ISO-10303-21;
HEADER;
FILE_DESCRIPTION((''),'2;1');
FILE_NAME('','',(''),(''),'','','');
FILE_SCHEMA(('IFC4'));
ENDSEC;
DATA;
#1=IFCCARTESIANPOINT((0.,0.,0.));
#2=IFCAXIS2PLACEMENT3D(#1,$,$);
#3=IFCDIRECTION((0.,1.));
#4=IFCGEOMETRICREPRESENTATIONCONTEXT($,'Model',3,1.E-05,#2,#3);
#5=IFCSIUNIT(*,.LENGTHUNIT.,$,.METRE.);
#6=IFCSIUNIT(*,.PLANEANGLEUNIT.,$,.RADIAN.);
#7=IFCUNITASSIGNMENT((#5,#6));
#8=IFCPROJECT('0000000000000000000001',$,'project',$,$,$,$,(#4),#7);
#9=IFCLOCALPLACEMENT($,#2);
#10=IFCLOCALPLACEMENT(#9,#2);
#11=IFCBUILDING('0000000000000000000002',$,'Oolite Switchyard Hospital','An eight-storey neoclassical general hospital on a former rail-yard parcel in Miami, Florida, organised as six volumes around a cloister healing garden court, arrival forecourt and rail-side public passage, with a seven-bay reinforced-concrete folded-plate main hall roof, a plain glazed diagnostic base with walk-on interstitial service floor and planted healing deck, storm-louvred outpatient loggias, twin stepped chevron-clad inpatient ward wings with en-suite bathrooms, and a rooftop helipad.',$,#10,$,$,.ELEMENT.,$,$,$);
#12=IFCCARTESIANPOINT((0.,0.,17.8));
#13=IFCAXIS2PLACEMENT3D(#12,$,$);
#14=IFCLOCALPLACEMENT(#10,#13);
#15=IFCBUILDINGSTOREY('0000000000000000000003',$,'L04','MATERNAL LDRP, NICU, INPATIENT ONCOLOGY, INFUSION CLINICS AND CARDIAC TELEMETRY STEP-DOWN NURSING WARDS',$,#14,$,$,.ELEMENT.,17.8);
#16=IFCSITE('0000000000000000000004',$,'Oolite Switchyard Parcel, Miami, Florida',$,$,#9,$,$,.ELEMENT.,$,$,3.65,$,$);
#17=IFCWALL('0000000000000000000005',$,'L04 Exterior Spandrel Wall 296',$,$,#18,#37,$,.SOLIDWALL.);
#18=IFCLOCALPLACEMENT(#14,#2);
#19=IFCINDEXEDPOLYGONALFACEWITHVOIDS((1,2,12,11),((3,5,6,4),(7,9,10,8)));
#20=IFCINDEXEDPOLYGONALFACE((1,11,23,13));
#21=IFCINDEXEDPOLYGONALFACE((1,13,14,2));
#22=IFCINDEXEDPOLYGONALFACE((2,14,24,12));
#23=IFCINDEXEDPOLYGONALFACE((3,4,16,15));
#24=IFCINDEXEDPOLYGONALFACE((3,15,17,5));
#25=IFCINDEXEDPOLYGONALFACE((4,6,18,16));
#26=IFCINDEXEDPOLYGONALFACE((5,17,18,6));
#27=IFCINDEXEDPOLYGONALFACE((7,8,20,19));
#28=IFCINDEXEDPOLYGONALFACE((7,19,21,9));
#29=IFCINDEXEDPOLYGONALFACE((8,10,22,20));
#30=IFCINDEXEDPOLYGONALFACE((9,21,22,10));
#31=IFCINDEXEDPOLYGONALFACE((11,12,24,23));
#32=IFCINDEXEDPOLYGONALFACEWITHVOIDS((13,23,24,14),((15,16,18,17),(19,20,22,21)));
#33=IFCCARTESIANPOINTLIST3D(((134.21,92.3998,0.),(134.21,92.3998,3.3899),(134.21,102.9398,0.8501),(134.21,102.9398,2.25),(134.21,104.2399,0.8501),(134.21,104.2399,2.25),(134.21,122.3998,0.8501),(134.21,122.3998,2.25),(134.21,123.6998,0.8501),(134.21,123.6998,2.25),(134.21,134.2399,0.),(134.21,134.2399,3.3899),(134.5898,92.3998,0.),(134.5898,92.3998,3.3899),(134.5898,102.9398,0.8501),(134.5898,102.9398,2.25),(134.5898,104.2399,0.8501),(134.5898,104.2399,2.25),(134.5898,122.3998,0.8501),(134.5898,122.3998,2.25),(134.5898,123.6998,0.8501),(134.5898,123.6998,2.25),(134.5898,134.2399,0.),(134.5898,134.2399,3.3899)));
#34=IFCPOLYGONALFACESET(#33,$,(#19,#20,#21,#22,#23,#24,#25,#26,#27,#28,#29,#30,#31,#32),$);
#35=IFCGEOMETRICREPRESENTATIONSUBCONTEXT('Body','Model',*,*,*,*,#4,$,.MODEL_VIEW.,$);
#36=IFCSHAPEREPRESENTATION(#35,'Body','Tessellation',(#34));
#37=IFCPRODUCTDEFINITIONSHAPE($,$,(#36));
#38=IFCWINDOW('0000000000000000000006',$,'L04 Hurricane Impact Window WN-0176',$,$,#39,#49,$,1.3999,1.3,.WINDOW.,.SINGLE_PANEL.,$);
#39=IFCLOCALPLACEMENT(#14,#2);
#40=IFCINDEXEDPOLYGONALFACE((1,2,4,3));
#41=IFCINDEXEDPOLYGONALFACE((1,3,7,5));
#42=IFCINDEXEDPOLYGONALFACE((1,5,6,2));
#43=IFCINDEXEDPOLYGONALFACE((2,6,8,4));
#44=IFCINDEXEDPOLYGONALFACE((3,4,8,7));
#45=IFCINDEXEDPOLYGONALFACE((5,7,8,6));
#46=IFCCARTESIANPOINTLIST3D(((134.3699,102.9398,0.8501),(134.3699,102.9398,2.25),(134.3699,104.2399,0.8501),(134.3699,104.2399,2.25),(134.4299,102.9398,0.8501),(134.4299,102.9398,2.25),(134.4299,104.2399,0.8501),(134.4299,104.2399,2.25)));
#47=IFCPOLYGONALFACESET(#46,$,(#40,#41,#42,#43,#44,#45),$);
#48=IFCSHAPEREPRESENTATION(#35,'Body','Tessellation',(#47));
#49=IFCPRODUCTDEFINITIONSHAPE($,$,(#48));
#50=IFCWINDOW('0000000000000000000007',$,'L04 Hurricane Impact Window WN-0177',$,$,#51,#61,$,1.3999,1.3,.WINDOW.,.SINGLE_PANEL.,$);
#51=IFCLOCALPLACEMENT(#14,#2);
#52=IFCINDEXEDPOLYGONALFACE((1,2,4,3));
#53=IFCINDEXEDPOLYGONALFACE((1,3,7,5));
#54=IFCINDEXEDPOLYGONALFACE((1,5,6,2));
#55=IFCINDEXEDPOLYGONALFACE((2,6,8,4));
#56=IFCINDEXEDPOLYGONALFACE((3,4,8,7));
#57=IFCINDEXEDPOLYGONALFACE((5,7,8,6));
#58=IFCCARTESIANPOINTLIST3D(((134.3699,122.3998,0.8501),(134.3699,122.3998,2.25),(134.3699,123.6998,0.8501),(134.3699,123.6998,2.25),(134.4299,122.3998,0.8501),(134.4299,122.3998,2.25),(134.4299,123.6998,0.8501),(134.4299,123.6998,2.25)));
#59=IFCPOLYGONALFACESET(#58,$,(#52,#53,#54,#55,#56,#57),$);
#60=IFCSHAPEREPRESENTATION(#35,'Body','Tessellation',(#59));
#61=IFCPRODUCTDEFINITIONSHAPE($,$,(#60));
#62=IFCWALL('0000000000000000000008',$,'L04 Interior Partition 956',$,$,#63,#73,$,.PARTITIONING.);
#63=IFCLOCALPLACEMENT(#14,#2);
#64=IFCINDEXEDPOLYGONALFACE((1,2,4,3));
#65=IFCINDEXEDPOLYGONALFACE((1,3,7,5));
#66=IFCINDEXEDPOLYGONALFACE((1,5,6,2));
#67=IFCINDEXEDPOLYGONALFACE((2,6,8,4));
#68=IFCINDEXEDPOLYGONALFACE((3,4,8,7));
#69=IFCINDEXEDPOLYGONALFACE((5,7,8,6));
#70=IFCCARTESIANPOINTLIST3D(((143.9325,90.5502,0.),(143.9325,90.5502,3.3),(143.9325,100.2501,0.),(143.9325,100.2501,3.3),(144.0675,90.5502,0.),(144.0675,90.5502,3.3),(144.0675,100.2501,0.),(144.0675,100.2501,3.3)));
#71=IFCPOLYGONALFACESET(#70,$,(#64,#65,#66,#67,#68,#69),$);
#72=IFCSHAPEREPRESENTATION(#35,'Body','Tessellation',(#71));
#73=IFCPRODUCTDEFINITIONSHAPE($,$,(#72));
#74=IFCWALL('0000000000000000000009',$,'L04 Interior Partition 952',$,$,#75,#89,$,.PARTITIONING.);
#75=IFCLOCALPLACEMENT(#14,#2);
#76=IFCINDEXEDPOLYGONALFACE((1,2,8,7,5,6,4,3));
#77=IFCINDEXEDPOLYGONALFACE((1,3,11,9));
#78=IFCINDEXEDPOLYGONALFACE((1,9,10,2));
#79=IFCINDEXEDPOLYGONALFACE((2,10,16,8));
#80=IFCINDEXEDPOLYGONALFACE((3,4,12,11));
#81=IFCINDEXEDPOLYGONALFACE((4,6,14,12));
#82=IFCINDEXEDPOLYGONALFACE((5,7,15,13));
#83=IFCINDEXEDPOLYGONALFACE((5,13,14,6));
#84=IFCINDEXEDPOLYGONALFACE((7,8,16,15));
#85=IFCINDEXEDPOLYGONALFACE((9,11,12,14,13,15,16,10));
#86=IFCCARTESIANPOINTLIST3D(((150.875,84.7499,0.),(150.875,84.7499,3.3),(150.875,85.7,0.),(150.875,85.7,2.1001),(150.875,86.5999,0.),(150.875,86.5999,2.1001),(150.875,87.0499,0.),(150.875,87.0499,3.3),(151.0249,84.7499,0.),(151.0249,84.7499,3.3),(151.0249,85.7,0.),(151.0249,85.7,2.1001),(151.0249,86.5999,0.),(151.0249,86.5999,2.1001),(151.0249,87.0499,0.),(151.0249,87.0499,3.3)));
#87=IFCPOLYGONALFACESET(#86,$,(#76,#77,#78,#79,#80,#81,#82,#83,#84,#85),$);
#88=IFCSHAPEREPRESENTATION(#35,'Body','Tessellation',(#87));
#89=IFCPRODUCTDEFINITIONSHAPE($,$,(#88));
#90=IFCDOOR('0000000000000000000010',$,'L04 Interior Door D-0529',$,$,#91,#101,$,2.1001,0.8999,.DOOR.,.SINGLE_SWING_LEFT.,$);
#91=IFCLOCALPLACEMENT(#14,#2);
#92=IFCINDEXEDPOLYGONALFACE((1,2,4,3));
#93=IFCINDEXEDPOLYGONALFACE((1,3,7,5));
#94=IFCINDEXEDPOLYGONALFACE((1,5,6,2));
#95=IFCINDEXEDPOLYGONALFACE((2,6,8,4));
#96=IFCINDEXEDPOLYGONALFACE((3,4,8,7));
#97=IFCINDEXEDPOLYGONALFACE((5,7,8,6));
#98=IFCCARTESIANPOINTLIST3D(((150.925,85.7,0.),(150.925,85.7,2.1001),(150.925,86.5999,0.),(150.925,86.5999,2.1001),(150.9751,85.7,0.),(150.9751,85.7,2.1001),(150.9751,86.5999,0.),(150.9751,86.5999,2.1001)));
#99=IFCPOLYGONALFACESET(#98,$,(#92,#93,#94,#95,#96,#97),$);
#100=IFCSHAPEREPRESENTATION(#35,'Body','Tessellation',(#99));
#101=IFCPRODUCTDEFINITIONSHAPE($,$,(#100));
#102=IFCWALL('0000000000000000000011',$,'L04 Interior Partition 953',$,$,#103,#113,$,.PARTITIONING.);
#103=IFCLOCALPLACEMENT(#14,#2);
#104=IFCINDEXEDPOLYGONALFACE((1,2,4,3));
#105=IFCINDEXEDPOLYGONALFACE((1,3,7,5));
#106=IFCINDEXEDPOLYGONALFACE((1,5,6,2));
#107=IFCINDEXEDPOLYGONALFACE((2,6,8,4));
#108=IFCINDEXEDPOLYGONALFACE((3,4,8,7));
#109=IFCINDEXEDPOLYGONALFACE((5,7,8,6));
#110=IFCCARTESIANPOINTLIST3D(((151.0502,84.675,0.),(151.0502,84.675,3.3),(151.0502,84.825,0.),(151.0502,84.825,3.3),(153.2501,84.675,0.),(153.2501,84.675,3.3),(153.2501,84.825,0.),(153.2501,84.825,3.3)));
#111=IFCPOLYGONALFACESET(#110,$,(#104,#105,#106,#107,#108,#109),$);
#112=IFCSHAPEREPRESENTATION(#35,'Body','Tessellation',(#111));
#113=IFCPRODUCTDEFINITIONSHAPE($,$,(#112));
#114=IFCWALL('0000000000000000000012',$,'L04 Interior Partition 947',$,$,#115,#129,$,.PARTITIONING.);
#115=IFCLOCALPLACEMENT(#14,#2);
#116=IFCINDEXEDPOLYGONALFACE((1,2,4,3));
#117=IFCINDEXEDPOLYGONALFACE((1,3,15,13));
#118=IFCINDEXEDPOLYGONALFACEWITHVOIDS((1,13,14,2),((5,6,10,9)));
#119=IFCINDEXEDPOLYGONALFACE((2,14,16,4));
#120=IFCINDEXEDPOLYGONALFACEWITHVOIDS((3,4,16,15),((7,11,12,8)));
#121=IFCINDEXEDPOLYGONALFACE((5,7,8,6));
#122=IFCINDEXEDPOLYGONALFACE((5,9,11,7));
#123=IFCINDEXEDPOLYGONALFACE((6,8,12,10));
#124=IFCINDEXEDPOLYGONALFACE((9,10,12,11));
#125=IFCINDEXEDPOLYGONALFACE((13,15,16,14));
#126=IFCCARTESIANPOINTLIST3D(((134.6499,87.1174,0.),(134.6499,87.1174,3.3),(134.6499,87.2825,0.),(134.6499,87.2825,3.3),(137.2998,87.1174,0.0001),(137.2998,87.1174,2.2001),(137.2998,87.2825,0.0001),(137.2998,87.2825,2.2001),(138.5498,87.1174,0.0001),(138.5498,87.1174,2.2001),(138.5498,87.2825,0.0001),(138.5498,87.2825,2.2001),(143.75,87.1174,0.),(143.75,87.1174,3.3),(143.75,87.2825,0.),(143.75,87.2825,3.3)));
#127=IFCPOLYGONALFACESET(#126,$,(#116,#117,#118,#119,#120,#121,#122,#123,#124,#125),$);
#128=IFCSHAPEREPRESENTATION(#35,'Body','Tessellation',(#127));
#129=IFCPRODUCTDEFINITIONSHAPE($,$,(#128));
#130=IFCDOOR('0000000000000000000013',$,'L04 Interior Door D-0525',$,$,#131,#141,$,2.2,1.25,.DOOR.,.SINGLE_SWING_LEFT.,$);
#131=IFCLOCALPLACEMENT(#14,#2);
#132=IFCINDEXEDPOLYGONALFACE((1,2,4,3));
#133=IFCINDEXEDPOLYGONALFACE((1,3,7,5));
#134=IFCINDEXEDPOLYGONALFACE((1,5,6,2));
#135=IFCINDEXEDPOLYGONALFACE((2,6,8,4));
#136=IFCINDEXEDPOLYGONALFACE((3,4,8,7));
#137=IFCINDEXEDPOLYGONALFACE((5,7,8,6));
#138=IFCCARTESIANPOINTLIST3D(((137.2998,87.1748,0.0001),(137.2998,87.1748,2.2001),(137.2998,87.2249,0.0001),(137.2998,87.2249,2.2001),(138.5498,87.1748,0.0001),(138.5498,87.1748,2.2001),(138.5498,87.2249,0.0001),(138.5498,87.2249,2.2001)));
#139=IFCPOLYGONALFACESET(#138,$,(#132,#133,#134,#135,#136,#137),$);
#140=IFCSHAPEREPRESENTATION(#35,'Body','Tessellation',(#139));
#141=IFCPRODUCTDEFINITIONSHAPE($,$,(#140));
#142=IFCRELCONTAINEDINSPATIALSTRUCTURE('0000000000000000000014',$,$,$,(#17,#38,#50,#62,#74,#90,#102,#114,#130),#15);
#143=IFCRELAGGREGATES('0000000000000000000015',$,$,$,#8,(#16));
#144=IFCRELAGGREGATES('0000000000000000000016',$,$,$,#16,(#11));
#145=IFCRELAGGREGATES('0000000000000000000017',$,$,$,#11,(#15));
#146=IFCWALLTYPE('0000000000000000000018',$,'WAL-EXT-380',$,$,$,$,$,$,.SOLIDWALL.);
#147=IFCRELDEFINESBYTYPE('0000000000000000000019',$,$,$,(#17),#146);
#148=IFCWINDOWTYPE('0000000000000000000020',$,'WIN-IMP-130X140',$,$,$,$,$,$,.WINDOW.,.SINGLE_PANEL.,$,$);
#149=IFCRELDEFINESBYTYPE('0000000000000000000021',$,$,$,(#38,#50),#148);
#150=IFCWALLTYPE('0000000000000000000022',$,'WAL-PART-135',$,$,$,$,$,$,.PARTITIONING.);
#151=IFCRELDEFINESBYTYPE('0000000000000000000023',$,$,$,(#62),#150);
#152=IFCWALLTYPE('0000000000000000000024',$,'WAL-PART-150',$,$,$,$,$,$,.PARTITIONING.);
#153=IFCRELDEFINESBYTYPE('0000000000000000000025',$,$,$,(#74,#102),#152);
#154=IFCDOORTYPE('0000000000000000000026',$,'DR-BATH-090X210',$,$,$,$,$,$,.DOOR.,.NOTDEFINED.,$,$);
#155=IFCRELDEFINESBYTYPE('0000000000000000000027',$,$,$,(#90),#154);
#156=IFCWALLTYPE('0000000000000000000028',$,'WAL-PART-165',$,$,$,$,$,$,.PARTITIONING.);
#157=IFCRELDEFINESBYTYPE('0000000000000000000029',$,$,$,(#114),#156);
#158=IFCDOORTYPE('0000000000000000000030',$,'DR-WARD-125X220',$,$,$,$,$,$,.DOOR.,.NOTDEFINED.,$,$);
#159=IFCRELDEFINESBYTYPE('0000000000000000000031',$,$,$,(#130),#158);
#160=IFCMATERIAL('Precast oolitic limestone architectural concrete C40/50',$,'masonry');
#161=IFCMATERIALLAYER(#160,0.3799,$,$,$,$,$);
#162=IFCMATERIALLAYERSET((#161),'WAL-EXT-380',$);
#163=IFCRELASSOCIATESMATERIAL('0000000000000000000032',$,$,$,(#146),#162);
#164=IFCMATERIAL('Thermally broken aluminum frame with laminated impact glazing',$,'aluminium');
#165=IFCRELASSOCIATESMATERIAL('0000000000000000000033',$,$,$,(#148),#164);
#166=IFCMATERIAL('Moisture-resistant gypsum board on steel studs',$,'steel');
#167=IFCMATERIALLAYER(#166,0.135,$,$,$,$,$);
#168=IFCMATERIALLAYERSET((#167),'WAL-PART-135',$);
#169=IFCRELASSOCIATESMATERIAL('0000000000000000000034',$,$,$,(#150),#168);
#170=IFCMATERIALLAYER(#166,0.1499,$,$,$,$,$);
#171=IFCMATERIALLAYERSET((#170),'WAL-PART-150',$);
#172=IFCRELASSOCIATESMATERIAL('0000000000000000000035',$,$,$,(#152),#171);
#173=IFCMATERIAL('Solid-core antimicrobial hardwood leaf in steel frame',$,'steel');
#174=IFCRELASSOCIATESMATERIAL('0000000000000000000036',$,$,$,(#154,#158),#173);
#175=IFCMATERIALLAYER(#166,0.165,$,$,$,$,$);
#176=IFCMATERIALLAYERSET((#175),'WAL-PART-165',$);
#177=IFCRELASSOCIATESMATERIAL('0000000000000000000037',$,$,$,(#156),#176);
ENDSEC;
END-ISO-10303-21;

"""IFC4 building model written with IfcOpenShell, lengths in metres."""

from ifc_helpers import new_model, si_unit, direction, frame, frame_2d, origin, place, context, subcontext, project, spatial, rectangle, extrude, material, layer, layer_set, type_object, element, fill, save


model = new_model("IFC4")

# Units and contexts
model_context = context("Model", 3, precision=1e-05, world=origin(), true_north=direction((0.0, 1.0)))
body_context = subcontext(model_context, "Body", "Model", "MODEL_VIEW")
ifc_project = project(units=[si_unit("LENGTHUNIT", "METRE"), si_unit("PLANEANGLEUNIT", "RADIAN")], contexts=[model_context])

# Site, building, storey
site_placement = place(None, origin())
site = spatial("IfcSite", under=ifc_project, at=site_placement, Name="Oolite Switchyard Parcel, Miami, Florida", CompositionType="ELEMENT", RefElevation=3.65)
building_placement = place(site_placement, origin())
building = spatial("IfcBuilding", under=site, at=building_placement, Name="Oolite Switchyard Hospital", Description="An eight-storey neoclassical general hospital on a former rail-yard parcel in Miami, Florida, organised as six volumes around a cloister healing garden court, arrival forecourt and rail-side public passage, with a seven-bay reinforced-concrete folded-plate main hall roof, a plain glazed diagnostic base with walk-on interstitial service floor and planted healing deck, storm-louvred outpatient loggias, twin stepped chevron-clad inpatient ward wings with en-suite bathrooms, and a rooftop helipad.", CompositionType="ELEMENT")
storey_placement = place(building_placement, frame((0.0, 0.0, 17.8)))
storey = spatial("IfcBuildingStorey", under=building, at=storey_placement, Name="L04", Description="MATERNAL LDRP, NICU, INPATIENT ONCOLOGY, INFUSION CLINICS AND CARDIAC TELEMETRY STEP-DOWN NURSING WARDS", CompositionType="ELEMENT", Elevation=17.8)

# Wall, openings, windows
ifc_material_1 = material(Name="Precast oolitic limestone architectural concrete C40/50", Category="masonry")
ifc_layer_1 = layer(ifc_material_1, 0.3799)
ifc_layer_set_1 = layer_set([ifc_layer_1], Name="WAL-EXT-380")
wall_type_1 = type_object("IfcWallType", Name="WAL-EXT-380", PredefinedType="SOLIDWALL", material=ifc_layer_set_1)
wall_1_placement = place(storey_placement, frame((134.3999, 92.3999, 0.0), z_axis=(0.0, 0.0, 1.0), x_axis=(0.0, 1.0, 0.0)))
wall_1 = element("IfcWall", 1, at=wall_1_placement, inside=storey, type_object=wall_type_1, Name="L04 Exterior Spandrel Wall 296", PredefinedType="SOLIDWALL", context=body_context, shape_type="SweptSolid", body=[
    extrude(rectangle(XDim=41.8401, YDim=0.3799, at=frame_2d((20.9199, 0.0))), origin(), (0.0, 0.0, 1.0), 3.3899),
])
opening_1_placement = place(wall_1_placement, frame((10.54, 0.0, 0.8501)))
opening_1 = element("IfcOpeningElement", 2, at=opening_1_placement, cuts=wall_1, PredefinedType="OPENING", context=body_context, shape_type="SweptSolid", body=[
    extrude(rectangle(XDim=1.3, YDim=1.3999, at=frame_2d((0.6499, 0.7))), frame((0.0, 0.2, 0.0), z_axis=(0.0, -1.0, 0.0), x_axis=(1.0, 0.0, 0.0)), (0.0, 0.0, 1.0), 0.3999),
])
opening_2_placement = place(wall_1_placement, frame((30.0, 0.0, 0.8501)))
opening_2 = element("IfcOpeningElement", 3, at=opening_2_placement, cuts=wall_1, PredefinedType="OPENING", context=body_context, shape_type="SweptSolid", body=[
    extrude(rectangle(XDim=1.3, YDim=1.3999, at=frame_2d((0.6499, 0.7))), frame((0.0, 0.2, 0.0), z_axis=(0.0, -1.0, 0.0), x_axis=(1.0, 0.0, 0.0)), (0.0, 0.0, 1.0), 0.3999),
])
ifc_material_2 = material(Name="Thermally broken aluminum frame with laminated impact glazing", Category="aluminium")
window_type = type_object("IfcWindowType", Name="WIN-IMP-130X140", PartitioningType="SINGLE_PANEL", PredefinedType="WINDOW", material=ifc_material_2)
window_1_placement = place(opening_1_placement, origin())
window_1 = element("IfcWindow", 4, at=window_1_placement, inside=storey, type_object=window_type, Name="L04 Hurricane Impact Window WN-0176", OverallHeight=1.3999, OverallWidth=1.3, PartitioningType="SINGLE_PANEL", PredefinedType="WINDOW", context=body_context, shape_type="SweptSolid", body=[
    extrude(rectangle(XDim=1.3, YDim=1.3999, at=frame_2d((0.6499, 0.7))), frame((0.0, 0.03, 0.0), z_axis=(0.0, -1.0, 0.0), x_axis=(1.0, 0.0, 0.0)), (0.0, 0.0, 1.0), 0.0601),
])
fill(opening_1, window_1)
window_2_placement = place(opening_2_placement, origin())
window_2 = element("IfcWindow", 5, at=window_2_placement, inside=storey, type_object=window_type, Name="L04 Hurricane Impact Window WN-0177", OverallHeight=1.3999, OverallWidth=1.3, PartitioningType="SINGLE_PANEL", PredefinedType="WINDOW", context=body_context, shape_type="SweptSolid", body=[
    extrude(rectangle(XDim=1.3, YDim=1.3999, at=frame_2d((0.6499, 0.7))), frame((0.0, 0.03, 0.0), z_axis=(0.0, -1.0, 0.0), x_axis=(1.0, 0.0, 0.0)), (0.0, 0.0, 1.0), 0.0601),
])
fill(opening_2, window_2)

# Wall
ifc_material_3 = material(Name="Moisture-resistant gypsum board on steel studs", Category="steel")
ifc_layer_2 = layer(ifc_material_3, 0.135)
ifc_layer_set_2 = layer_set([ifc_layer_2], Name="WAL-PART-135")
wall_type_2 = type_object("IfcWallType", Name="WAL-PART-135", PredefinedType="PARTITIONING", material=ifc_layer_set_2)
wall_2_placement = place(storey_placement, frame((144.0, 90.55, 0.0), z_axis=(0.0, 0.0, 1.0), x_axis=(0.0, 1.0, 0.0)))
element("IfcWall", 6, at=wall_2_placement, inside=storey, type_object=wall_type_2, Name="L04 Interior Partition 956", PredefinedType="PARTITIONING", context=body_context, shape_type="SweptSolid", body=[
    extrude(rectangle(XDim=9.7, YDim=0.135, at=frame_2d((4.8501, 0.0))), origin(), (0.0, 0.0, 1.0), 3.3),
])

# Wall, opening, door
ifc_layer_3 = layer(ifc_material_3, 0.1499)
ifc_layer_set_3 = layer_set([ifc_layer_3], Name="WAL-PART-150")
wall_type_3 = type_object("IfcWallType", Name="WAL-PART-150", PredefinedType="PARTITIONING", material=ifc_layer_set_3)
wall_3_placement = place(storey_placement, frame((150.95, 84.75, 0.0), z_axis=(0.0, 0.0, 1.0), x_axis=(0.0, 1.0, 0.0)))
wall_3 = element("IfcWall", 7, at=wall_3_placement, inside=storey, type_object=wall_type_3, Name="L04 Interior Partition 952", PredefinedType="PARTITIONING", context=body_context, shape_type="SweptSolid", body=[
    extrude(rectangle(XDim=2.3, YDim=0.1499, at=frame_2d((1.1499, 0.0))), origin(), (0.0, 0.0, 1.0), 3.3),
])
opening_3_placement = place(wall_3_placement, frame((0.95, 0.0, 0.0)))
opening_3 = element("IfcOpeningElement", 8, at=opening_3_placement, cuts=wall_3, PredefinedType="OPENING", context=body_context, shape_type="SweptSolid", body=[
    extrude(rectangle(XDim=0.8999, YDim=2.1001, at=frame_2d((0.45, 1.05))), frame((0.0, 0.085, 0.0), z_axis=(0.0, -1.0, 0.0), x_axis=(1.0, 0.0, 0.0)), (0.0, 0.0, 1.0), 0.1699),
])
ifc_material_4 = material(Name="Solid-core antimicrobial hardwood leaf in steel frame", Category="steel")
door_type_1 = type_object("IfcDoorType", Name="DR-BATH-090X210", OperationType="NOTDEFINED", PredefinedType="DOOR", material=ifc_material_4)
door_1_placement = place(opening_3_placement, origin())
door_1 = element("IfcDoor", 9, at=door_1_placement, inside=storey, type_object=door_type_1, Name="L04 Interior Door D-0529", OperationType="SINGLE_SWING_LEFT", OverallHeight=2.1001, OverallWidth=0.8999, PredefinedType="DOOR", context=body_context, shape_type="SweptSolid", body=[
    extrude(rectangle(XDim=0.8999, YDim=2.1001, at=frame_2d((0.45, 1.05))), frame((0.0, 0.0249, 0.0), z_axis=(0.0, -1.0, 0.0), x_axis=(1.0, 0.0, 0.0)), (0.0, 0.0, 1.0), 0.05),
])
fill(opening_3, door_1)

# Wall
wall_4_placement = place(storey_placement, frame((151.05, 84.75, 0.0), z_axis=(0.0, 0.0, 1.0), x_axis=(1.0, 0.0, 0.0)))
element("IfcWall", 10, at=wall_4_placement, inside=storey, type_object=wall_type_3, Name="L04 Interior Partition 953", PredefinedType="PARTITIONING", context=body_context, shape_type="SweptSolid", body=[
    extrude(rectangle(XDim=2.2, YDim=0.1499, at=frame_2d((1.1001, 0.0))), origin(), (0.0, 0.0, 1.0), 3.3),
])

# Wall, opening, door
ifc_layer_4 = layer(ifc_material_3, 0.165)
ifc_layer_set_4 = layer_set([ifc_layer_4], Name="WAL-PART-165")
wall_type_4 = type_object("IfcWallType", Name="WAL-PART-165", PredefinedType="PARTITIONING", material=ifc_layer_set_4)
wall_5_placement = place(storey_placement, frame((134.6499, 87.2, 0.0), z_axis=(0.0, 0.0, 1.0), x_axis=(1.0, 0.0, 0.0)))
wall_5 = element("IfcWall", 11, at=wall_5_placement, inside=storey, type_object=wall_type_4, Name="L04 Interior Partition 947", PredefinedType="PARTITIONING", context=body_context, shape_type="SweptSolid", body=[
    extrude(rectangle(XDim=9.1001, YDim=0.165, at=frame_2d((4.55, 0.0))), origin(), (0.0, 0.0, 1.0), 3.3),
])
opening_4_placement = place(wall_5_placement, frame((2.6499, 0.0, 0.0)))
opening_4 = element("IfcOpeningElement", 12, at=opening_4_placement, cuts=wall_5, PredefinedType="OPENING", context=body_context, shape_type="SweptSolid", body=[
    extrude(rectangle(XDim=1.25, YDim=2.2, at=frame_2d((0.625, 1.1001))), frame((0.0, 0.0925, 0.0), z_axis=(0.0, -1.0, 0.0), x_axis=(1.0, 0.0, 0.0)), (0.0, 0.0, 1.0), 0.1851),
])
door_type_2 = type_object("IfcDoorType", Name="DR-WARD-125X220", OperationType="NOTDEFINED", PredefinedType="DOOR", material=ifc_material_4)
door_2_placement = place(opening_4_placement, origin())
door_2 = element("IfcDoor", 13, at=door_2_placement, inside=storey, type_object=door_type_2, Name="L04 Interior Door D-0525", OperationType="SINGLE_SWING_LEFT", OverallHeight=2.2, OverallWidth=1.25, PredefinedType="DOOR", context=body_context, shape_type="SweptSolid", body=[
    extrude(rectangle(XDim=1.25, YDim=2.2, at=frame_2d((0.625, 1.1001))), frame((0.0, 0.0249, 0.0), z_axis=(0.0, -1.0, 0.0), x_axis=(1.0, 0.0, 0.0)), (0.0, 0.0, 1.0), 0.05),
])
fill(opening_4, door_2)

save(model, "model.ifc")
